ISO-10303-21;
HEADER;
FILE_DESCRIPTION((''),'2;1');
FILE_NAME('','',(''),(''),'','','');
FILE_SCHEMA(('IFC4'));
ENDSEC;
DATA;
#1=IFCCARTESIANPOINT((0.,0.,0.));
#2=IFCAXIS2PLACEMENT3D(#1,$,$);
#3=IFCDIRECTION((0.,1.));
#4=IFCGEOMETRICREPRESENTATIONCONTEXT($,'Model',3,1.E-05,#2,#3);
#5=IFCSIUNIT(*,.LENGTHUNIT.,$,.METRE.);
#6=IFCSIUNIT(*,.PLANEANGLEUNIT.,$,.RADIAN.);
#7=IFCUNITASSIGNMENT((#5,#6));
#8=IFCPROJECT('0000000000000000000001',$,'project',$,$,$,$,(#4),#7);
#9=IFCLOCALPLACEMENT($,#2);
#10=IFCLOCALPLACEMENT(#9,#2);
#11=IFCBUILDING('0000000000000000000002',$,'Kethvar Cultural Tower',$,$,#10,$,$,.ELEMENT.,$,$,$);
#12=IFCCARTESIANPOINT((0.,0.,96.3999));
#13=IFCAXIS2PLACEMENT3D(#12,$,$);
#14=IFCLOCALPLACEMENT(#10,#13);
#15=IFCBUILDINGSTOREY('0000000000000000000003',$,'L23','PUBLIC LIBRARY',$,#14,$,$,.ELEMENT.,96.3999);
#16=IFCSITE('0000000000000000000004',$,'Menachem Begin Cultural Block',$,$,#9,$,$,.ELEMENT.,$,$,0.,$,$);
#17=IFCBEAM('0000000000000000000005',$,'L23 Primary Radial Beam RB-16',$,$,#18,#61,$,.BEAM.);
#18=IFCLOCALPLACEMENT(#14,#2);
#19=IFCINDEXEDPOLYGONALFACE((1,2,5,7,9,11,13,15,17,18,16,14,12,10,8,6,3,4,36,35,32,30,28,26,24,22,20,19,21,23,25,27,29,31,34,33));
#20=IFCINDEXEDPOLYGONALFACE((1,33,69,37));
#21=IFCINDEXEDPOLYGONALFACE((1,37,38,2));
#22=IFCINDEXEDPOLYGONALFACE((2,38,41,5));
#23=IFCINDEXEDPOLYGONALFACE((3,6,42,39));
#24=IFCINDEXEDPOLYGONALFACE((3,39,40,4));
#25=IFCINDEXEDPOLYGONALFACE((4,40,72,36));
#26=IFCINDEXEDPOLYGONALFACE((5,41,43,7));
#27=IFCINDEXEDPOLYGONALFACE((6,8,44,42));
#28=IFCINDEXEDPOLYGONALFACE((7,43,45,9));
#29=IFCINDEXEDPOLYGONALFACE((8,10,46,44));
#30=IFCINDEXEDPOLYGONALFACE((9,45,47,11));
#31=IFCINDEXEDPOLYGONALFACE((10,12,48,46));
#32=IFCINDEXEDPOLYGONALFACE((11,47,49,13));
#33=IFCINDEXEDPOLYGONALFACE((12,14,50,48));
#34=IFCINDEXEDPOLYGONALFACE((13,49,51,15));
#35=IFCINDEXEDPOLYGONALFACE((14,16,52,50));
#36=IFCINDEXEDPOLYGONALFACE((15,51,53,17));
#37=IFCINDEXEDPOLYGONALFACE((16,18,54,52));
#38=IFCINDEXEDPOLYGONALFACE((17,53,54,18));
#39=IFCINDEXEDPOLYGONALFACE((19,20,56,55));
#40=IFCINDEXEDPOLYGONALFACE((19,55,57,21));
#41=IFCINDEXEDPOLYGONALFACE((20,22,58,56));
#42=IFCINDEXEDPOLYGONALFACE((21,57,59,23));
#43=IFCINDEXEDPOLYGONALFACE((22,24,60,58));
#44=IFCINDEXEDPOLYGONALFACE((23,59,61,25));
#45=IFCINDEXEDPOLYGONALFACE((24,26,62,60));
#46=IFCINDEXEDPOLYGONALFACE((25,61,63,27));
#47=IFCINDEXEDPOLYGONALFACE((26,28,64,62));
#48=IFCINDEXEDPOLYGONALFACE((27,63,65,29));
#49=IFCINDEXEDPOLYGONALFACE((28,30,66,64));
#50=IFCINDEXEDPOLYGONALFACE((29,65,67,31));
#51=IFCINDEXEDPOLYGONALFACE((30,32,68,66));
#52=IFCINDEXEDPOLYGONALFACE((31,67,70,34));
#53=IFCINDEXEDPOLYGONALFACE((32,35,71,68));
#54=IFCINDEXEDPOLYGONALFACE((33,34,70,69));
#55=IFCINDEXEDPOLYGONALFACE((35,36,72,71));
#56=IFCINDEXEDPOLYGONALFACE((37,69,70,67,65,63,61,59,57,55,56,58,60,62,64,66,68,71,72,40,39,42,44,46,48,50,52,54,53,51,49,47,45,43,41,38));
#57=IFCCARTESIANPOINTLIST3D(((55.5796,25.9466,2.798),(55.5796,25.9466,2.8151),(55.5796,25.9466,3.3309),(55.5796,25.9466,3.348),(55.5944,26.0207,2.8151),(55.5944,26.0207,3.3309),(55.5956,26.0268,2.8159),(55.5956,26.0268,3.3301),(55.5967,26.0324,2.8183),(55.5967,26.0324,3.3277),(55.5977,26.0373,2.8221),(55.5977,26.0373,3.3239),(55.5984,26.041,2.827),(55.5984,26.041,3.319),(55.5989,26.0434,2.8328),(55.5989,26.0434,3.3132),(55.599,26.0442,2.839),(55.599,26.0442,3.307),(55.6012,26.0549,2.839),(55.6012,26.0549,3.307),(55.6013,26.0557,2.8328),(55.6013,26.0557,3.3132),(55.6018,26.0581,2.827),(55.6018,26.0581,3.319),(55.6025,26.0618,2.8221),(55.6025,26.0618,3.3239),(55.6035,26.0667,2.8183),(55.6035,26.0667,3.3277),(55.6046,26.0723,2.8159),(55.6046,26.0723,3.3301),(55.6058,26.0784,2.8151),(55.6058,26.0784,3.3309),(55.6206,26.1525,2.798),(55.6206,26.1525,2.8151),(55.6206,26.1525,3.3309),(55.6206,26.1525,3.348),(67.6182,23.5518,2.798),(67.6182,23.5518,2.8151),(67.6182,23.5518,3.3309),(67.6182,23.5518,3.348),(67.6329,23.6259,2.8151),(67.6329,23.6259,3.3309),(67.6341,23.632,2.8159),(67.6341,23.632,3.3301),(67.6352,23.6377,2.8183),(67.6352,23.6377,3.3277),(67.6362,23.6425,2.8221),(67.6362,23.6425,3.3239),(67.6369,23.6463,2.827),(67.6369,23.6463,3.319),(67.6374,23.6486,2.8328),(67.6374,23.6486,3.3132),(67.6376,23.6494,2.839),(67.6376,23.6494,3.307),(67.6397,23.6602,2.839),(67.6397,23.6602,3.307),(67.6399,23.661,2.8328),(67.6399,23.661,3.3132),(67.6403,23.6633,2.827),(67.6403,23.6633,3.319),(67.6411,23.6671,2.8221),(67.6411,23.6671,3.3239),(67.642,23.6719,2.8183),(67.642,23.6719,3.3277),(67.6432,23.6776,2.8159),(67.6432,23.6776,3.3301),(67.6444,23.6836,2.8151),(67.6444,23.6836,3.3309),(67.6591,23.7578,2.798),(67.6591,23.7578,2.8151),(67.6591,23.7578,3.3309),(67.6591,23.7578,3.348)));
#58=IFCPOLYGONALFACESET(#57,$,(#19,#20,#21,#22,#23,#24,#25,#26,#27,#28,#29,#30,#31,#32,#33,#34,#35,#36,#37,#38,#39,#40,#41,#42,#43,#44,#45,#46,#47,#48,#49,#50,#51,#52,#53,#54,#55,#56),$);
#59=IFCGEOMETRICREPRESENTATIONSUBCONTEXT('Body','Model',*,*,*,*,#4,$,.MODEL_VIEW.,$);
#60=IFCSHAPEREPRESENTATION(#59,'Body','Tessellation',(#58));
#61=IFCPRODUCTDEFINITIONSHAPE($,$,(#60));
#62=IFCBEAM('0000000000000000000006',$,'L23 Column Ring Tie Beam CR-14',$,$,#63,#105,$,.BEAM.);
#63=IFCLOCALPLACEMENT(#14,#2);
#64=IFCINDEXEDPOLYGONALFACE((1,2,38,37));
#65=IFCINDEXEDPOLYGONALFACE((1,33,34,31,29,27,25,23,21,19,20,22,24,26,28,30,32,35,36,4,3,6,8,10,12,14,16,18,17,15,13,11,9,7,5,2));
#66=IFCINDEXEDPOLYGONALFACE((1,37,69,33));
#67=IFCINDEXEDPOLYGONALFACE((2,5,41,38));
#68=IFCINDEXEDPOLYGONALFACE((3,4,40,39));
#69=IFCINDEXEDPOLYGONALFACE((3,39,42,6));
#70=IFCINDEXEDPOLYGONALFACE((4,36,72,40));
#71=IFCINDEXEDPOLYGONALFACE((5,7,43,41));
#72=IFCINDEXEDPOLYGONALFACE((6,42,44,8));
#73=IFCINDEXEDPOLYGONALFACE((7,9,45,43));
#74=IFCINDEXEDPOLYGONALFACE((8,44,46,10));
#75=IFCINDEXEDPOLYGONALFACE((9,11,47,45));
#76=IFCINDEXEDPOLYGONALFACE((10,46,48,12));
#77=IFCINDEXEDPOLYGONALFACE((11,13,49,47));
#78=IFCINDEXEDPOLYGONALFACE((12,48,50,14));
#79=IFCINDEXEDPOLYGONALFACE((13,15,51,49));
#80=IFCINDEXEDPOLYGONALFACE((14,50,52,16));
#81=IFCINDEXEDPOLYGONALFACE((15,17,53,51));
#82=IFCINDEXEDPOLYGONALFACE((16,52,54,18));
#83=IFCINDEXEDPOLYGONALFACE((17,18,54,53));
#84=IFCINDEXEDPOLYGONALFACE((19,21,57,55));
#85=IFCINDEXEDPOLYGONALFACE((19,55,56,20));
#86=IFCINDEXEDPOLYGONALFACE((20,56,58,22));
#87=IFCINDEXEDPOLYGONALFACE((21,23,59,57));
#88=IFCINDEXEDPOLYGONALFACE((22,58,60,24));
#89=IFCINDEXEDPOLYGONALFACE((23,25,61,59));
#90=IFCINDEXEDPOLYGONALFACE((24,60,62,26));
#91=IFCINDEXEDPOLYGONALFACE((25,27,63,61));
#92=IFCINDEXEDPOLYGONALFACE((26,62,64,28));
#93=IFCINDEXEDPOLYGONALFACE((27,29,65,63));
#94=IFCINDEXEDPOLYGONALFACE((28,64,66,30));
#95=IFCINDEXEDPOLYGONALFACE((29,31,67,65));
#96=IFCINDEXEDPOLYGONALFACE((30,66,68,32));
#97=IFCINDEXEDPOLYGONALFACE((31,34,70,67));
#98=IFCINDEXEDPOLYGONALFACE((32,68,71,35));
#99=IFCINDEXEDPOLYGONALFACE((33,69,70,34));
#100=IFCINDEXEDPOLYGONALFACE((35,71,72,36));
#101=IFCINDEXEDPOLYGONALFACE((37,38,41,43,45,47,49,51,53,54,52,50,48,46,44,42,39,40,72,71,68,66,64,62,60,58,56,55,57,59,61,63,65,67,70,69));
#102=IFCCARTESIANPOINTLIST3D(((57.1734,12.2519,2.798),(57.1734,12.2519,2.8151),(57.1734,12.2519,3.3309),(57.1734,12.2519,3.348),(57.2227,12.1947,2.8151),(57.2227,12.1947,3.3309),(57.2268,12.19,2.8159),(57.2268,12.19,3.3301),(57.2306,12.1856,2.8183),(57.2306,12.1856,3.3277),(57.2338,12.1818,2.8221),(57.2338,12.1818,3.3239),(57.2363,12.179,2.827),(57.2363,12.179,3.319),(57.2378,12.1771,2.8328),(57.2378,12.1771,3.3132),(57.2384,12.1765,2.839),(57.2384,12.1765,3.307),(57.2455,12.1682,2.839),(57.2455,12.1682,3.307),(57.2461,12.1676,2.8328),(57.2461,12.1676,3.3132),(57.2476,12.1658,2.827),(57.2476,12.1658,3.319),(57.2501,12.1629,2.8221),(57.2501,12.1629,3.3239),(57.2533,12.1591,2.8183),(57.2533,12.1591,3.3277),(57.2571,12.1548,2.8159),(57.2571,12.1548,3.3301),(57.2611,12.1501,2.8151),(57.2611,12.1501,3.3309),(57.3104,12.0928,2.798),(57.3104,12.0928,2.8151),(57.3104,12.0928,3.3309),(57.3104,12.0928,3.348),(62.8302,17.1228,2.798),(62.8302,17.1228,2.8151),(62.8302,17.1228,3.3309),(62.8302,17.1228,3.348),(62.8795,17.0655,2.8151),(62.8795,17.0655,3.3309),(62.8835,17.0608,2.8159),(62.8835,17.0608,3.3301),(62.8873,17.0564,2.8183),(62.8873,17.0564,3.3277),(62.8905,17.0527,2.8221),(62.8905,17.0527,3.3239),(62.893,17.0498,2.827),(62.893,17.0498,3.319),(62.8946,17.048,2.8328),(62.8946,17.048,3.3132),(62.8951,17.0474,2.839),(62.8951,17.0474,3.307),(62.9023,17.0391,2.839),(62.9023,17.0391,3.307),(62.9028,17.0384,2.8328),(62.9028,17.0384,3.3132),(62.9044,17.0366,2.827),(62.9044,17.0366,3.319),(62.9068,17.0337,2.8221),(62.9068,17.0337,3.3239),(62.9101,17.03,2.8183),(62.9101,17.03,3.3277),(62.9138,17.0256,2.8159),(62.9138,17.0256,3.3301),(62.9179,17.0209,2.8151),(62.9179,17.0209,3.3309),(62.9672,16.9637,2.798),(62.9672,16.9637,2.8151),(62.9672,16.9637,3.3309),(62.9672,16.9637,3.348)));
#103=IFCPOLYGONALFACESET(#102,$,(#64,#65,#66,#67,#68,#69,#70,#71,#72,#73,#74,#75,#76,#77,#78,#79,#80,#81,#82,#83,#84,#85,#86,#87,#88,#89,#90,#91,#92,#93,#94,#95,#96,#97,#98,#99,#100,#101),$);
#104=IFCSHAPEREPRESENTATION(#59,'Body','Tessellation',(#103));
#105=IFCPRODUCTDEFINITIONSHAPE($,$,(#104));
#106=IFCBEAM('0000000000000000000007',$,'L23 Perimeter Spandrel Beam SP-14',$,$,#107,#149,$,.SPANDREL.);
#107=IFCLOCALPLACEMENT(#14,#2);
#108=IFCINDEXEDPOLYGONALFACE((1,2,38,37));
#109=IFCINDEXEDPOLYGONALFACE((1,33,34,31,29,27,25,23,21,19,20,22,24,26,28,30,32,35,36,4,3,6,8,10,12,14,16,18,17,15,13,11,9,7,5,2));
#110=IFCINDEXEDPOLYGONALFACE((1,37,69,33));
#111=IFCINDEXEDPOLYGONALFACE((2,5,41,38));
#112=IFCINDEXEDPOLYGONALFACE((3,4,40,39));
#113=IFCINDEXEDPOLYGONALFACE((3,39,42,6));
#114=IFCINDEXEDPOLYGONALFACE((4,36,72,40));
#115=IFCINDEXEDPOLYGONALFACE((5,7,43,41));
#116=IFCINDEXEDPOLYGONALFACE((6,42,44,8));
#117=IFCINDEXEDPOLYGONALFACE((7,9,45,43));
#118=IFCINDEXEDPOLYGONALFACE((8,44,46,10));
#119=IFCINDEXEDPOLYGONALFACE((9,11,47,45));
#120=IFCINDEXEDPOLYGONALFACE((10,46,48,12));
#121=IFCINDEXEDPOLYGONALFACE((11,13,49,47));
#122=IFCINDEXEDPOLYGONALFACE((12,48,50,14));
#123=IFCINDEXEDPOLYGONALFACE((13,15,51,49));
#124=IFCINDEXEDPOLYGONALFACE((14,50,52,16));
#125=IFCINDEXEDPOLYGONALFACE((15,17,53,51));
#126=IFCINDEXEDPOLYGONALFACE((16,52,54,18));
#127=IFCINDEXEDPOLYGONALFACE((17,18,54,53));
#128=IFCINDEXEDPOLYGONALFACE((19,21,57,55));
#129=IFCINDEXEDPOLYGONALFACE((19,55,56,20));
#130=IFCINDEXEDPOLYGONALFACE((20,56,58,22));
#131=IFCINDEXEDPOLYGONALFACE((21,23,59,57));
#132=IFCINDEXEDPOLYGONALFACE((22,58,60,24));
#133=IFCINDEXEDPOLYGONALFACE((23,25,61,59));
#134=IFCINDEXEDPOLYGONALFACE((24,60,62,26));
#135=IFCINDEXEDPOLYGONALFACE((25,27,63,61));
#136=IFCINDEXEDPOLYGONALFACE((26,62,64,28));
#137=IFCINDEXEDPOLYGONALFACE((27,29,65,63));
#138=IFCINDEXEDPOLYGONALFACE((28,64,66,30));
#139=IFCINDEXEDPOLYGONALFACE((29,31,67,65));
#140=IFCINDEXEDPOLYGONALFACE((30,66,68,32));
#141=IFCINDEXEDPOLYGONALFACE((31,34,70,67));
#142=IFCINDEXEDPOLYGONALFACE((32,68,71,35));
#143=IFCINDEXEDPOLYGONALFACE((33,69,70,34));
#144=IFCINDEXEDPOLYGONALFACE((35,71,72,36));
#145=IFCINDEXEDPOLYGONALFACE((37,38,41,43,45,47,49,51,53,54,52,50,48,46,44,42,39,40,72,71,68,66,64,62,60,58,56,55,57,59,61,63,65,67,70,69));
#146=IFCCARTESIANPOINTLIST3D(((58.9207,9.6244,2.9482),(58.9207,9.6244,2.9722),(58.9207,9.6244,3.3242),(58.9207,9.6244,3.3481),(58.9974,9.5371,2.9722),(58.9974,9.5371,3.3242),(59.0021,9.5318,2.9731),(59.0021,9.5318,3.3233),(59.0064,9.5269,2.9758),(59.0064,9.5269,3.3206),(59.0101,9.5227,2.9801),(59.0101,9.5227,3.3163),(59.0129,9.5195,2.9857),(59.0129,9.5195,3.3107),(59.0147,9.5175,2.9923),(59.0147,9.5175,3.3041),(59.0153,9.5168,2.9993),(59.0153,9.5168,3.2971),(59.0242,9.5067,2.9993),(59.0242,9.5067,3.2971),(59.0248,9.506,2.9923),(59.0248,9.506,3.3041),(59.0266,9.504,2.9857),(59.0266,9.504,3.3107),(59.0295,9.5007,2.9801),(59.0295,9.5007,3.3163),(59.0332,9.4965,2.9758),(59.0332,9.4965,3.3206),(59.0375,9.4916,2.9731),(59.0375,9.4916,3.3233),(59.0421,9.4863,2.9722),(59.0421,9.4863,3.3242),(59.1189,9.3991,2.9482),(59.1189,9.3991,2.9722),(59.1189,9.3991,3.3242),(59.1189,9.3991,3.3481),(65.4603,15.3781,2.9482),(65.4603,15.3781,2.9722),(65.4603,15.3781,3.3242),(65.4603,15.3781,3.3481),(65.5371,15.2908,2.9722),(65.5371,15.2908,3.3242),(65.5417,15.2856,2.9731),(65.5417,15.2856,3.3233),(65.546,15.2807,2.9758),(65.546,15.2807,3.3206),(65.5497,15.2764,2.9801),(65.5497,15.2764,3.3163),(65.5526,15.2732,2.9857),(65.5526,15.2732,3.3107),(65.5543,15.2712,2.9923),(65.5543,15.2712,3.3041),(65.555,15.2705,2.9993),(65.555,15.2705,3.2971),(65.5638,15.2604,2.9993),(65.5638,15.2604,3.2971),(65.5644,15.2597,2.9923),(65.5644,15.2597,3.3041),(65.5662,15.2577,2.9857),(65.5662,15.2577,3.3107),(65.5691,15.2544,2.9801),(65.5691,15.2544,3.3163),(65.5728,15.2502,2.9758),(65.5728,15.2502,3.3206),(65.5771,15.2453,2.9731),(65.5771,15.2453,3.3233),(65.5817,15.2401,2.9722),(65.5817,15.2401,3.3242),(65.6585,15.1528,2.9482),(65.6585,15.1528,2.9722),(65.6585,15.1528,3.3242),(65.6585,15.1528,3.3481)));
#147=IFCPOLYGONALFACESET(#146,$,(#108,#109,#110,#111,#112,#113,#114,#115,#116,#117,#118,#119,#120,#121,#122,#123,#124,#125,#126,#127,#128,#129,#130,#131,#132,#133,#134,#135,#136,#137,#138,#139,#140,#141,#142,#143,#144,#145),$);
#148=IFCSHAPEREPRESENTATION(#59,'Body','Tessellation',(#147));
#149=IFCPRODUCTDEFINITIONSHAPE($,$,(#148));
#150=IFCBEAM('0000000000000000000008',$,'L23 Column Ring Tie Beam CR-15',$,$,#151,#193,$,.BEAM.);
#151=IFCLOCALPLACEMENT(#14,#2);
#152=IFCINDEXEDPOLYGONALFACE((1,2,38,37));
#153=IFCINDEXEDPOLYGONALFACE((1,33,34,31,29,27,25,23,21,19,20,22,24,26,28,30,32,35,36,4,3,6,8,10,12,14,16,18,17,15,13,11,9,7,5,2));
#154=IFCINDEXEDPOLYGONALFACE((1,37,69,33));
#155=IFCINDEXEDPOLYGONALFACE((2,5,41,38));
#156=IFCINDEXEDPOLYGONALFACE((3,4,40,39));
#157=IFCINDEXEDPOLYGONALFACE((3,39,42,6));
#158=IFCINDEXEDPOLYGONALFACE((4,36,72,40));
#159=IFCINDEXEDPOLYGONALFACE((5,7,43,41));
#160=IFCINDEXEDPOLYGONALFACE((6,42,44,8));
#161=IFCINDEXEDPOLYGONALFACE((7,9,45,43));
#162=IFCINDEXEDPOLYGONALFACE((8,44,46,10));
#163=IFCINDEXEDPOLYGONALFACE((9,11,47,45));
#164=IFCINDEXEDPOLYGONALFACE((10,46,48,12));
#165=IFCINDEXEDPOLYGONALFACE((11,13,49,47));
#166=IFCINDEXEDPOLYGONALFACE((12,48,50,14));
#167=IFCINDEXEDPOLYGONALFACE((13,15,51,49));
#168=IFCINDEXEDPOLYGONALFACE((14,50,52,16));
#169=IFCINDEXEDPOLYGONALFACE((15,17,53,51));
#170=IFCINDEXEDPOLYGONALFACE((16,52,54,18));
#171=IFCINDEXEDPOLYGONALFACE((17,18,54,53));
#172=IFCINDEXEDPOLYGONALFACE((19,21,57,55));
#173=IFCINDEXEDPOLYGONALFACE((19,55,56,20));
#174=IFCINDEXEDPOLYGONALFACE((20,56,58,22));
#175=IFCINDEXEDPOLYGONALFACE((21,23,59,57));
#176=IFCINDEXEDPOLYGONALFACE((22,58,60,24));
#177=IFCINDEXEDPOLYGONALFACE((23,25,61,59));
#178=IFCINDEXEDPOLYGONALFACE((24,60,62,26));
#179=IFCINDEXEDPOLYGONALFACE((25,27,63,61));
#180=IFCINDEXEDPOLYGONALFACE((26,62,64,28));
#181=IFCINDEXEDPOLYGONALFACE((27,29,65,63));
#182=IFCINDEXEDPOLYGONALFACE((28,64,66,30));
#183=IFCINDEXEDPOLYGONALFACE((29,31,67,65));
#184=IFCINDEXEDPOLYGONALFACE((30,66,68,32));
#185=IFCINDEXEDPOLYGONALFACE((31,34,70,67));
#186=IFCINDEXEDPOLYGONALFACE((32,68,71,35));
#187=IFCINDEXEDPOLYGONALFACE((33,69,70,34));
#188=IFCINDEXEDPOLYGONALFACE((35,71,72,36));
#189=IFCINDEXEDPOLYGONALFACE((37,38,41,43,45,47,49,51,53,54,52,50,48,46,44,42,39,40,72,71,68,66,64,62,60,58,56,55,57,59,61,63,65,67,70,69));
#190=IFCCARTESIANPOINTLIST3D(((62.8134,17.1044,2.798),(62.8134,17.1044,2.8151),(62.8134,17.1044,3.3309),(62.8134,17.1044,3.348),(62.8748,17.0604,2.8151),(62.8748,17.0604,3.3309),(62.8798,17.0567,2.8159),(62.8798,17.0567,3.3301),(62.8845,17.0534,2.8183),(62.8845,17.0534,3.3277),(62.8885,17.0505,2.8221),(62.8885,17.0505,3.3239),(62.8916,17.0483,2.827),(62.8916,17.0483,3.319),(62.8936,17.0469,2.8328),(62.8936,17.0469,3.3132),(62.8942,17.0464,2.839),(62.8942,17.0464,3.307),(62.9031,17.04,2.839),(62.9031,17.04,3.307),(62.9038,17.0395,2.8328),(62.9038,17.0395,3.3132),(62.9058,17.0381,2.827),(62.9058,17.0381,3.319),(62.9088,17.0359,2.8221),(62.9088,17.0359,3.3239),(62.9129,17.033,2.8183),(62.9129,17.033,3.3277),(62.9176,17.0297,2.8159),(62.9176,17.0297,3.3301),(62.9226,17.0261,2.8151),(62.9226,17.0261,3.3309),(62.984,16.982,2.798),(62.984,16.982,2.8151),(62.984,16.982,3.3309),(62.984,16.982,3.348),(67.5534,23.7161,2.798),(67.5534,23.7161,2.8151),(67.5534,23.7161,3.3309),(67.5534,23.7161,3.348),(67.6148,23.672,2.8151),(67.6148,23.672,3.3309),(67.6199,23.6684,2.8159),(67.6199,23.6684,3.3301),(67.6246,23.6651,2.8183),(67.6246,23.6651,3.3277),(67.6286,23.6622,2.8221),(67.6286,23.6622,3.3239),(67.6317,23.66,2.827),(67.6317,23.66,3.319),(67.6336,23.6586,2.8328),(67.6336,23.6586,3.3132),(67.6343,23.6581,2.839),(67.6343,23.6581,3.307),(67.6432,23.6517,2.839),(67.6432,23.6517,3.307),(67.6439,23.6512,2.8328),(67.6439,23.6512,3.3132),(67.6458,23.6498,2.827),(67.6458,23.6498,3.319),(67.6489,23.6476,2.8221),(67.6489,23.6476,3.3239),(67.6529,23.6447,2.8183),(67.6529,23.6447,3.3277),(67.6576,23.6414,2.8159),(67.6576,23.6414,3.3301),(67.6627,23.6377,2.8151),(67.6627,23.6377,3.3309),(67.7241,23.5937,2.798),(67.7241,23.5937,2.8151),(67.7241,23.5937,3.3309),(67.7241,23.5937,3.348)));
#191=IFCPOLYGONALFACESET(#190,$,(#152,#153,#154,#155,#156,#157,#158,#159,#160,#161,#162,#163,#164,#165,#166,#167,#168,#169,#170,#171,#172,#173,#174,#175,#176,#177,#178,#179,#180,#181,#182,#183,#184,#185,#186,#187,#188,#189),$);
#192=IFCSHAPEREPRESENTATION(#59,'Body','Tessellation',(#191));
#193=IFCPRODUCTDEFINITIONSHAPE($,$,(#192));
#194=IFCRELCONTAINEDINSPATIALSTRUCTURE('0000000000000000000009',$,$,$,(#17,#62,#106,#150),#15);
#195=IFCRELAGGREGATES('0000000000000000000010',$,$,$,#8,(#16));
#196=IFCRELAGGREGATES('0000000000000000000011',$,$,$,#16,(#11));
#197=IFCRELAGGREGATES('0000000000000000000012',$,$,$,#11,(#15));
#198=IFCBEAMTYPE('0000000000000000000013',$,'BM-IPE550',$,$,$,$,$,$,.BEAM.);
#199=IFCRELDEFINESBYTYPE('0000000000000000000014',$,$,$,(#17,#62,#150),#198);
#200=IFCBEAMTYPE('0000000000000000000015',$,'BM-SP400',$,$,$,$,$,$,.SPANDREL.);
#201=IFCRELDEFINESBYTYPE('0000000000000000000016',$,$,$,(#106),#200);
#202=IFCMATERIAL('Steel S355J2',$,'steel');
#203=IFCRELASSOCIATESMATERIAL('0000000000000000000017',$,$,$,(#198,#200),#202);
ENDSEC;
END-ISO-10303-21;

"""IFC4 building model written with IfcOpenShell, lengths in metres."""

from ifc_helpers import new_model, si_unit, direction, frame, origin, origin_2d, place, context, subcontext, project, spatial, i_section, extrude, source, transform, mapped, material, material_profile, profile_set, type_object, element, save


model = new_model("IFC4")

# Units and contexts
model_context = context("Model", 3, precision=1e-05, world=origin(), true_north=direction((0.0, 1.0)))
body_context = subcontext(model_context, "Body", "Model", "MODEL_VIEW")
ifc_project = project(units=[si_unit("LENGTHUNIT", "METRE"), si_unit("PLANEANGLEUNIT", "RADIAN")], contexts=[model_context])

# Site, building, storey
site_placement = place(None, origin())
site = spatial("IfcSite", under=ifc_project, at=site_placement, Name="Menachem Begin Cultural Block", CompositionType="ELEMENT", RefElevation=0.0)
building_placement = place(site_placement, origin())
building = spatial("IfcBuilding", under=site, at=building_placement, Name="Kethvar Cultural Tower", CompositionType="ELEMENT")
storey_placement = place(building_placement, frame((0.0, 0.0, 96.3999)))
storey = spatial("IfcBuildingStorey", under=building, at=storey_placement, Name="L23", Description="PUBLIC LIBRARY", CompositionType="ELEMENT", Elevation=96.3999)

# Beams
ifc_material_1 = material(Name="Steel S355J2", Category="steel")
ifc_material_profile_1 = material_profile(ifc_material_1, i_section(OverallWidth=0.21, OverallDepth=0.55, WebThickness=0.011, FlangeThickness=0.0171, FilletRadius=0.0239, at=origin_2d()), Name="Steel S355J2 — IPE550")
ifc_profile_set_1 = profile_set([ifc_material_profile_1], Name="Steel S355J2 — IPE550")
beam_type_1 = type_object("IfcBeamType", Name="BM-IPE550", PredefinedType="BEAM", material=ifc_profile_set_1)
shared_shape_1 = source(origin(), body_context, "Body", "SweptSolid", [
    extrude(i_section(OverallWidth=0.21, OverallDepth=0.55, WebThickness=0.011, FlangeThickness=0.0171, FilletRadius=0.0239, at=origin_2d()), origin(), (0.0, 0.0, 1.0), 12.2744),
])
beam_1_placement = place(storey_placement, frame((55.6001, 26.0496, 3.073), z_axis=(0.980783, -0.195102, 0.0), x_axis=(0.195102, 0.980783, 0.0)))
element("IfcBeam", 1, at=beam_1_placement, inside=storey, type_object=beam_type_1, Name="L23 Primary Radial Beam RB-16", PredefinedType="BEAM", context=body_context, shape_type="MappedRepresentation", body=[
    mapped(shared_shape_1, transform((0.0, 0.0, 0.0), scale=1.0)),
])
shared_shape_2 = source(origin(), body_context, "Body", "SweptSolid", [
    extrude(i_section(OverallWidth=0.21, OverallDepth=0.55, WebThickness=0.011, FlangeThickness=0.0171, FilletRadius=0.0239, at=origin_2d()), origin(), (0.0, 0.0, 1.0), 7.4648),
])
beam_2_placement = place(storey_placement, frame((57.2419, 12.1724, 3.073), z_axis=(0.757784, 0.652505, 0.0), x_axis=(-0.652505, 0.757784, 0.0)))
element("IfcBeam", 2, at=beam_2_placement, inside=storey, type_object=beam_type_1, Name="L23 Column Ring Tie Beam CR-14", PredefinedType="BEAM", context=body_context, shape_type="MappedRepresentation", body=[
    mapped(shared_shape_2, transform((0.0, 0.0, 0.0), scale=1.0)),
])
ifc_material_profile_2 = material_profile(ifc_material_1, i_section(OverallWidth=0.3, OverallDepth=0.3999, WebThickness=0.0134, FlangeThickness=0.0239, FilletRadius=0.0271, at=origin_2d()), Name="Steel S355J2 — HEB400")
ifc_profile_set_2 = profile_set([ifc_material_profile_2], Name="Steel S355J2 — HEB400")
beam_type_2 = type_object("IfcBeamType", Name="BM-SP400", PredefinedType="SPANDREL", material=ifc_profile_set_2)
shared_shape_3 = source(origin(), body_context, "Body", "SweptSolid", [
    extrude(i_section(OverallWidth=0.3, OverallDepth=0.3999, WebThickness=0.0134, FlangeThickness=0.0239, FilletRadius=0.0271, at=origin_2d()), origin(), (0.0, 0.0, 1.0), 8.7104),
])
beam_3_placement = place(storey_placement, frame((59.0198, 9.5117, 3.1482), z_axis=(0.750779, 0.660554, 0.0), x_axis=(-0.660554, 0.750779, 0.0)))
element("IfcBeam", 3, at=beam_3_placement, inside=storey, type_object=beam_type_2, Name="L23 Perimeter Spandrel Beam SP-14", PredefinedType="SPANDREL", context=body_context, shape_type="MappedRepresentation", body=[
    mapped(shared_shape_3, transform((0.0, 0.0, 0.0), scale=1.0)),
])
shared_shape_4 = source(origin(), body_context, "Body", "SweptSolid", [
    extrude(i_section(OverallWidth=0.21, OverallDepth=0.55, WebThickness=0.011, FlangeThickness=0.0171, FilletRadius=0.0239, at=origin_2d()), origin(), (0.0, 0.0, 1.0), 8.1353),
])
beam_4_placement = place(storey_placement, frame((62.8987, 17.0432, 3.073), z_axis=(0.582657, 0.812718, 0.0), x_axis=(-0.812718, 0.582657, 0.0)))
element("IfcBeam", 4, at=beam_4_placement, inside=storey, type_object=beam_type_1, Name="L23 Column Ring Tie Beam CR-15", PredefinedType="BEAM", context=body_context, shape_type="MappedRepresentation", body=[
    mapped(shared_shape_4, transform((0.0, 0.0, 0.0), scale=1.0)),
])

save(model, "model.ifc")
